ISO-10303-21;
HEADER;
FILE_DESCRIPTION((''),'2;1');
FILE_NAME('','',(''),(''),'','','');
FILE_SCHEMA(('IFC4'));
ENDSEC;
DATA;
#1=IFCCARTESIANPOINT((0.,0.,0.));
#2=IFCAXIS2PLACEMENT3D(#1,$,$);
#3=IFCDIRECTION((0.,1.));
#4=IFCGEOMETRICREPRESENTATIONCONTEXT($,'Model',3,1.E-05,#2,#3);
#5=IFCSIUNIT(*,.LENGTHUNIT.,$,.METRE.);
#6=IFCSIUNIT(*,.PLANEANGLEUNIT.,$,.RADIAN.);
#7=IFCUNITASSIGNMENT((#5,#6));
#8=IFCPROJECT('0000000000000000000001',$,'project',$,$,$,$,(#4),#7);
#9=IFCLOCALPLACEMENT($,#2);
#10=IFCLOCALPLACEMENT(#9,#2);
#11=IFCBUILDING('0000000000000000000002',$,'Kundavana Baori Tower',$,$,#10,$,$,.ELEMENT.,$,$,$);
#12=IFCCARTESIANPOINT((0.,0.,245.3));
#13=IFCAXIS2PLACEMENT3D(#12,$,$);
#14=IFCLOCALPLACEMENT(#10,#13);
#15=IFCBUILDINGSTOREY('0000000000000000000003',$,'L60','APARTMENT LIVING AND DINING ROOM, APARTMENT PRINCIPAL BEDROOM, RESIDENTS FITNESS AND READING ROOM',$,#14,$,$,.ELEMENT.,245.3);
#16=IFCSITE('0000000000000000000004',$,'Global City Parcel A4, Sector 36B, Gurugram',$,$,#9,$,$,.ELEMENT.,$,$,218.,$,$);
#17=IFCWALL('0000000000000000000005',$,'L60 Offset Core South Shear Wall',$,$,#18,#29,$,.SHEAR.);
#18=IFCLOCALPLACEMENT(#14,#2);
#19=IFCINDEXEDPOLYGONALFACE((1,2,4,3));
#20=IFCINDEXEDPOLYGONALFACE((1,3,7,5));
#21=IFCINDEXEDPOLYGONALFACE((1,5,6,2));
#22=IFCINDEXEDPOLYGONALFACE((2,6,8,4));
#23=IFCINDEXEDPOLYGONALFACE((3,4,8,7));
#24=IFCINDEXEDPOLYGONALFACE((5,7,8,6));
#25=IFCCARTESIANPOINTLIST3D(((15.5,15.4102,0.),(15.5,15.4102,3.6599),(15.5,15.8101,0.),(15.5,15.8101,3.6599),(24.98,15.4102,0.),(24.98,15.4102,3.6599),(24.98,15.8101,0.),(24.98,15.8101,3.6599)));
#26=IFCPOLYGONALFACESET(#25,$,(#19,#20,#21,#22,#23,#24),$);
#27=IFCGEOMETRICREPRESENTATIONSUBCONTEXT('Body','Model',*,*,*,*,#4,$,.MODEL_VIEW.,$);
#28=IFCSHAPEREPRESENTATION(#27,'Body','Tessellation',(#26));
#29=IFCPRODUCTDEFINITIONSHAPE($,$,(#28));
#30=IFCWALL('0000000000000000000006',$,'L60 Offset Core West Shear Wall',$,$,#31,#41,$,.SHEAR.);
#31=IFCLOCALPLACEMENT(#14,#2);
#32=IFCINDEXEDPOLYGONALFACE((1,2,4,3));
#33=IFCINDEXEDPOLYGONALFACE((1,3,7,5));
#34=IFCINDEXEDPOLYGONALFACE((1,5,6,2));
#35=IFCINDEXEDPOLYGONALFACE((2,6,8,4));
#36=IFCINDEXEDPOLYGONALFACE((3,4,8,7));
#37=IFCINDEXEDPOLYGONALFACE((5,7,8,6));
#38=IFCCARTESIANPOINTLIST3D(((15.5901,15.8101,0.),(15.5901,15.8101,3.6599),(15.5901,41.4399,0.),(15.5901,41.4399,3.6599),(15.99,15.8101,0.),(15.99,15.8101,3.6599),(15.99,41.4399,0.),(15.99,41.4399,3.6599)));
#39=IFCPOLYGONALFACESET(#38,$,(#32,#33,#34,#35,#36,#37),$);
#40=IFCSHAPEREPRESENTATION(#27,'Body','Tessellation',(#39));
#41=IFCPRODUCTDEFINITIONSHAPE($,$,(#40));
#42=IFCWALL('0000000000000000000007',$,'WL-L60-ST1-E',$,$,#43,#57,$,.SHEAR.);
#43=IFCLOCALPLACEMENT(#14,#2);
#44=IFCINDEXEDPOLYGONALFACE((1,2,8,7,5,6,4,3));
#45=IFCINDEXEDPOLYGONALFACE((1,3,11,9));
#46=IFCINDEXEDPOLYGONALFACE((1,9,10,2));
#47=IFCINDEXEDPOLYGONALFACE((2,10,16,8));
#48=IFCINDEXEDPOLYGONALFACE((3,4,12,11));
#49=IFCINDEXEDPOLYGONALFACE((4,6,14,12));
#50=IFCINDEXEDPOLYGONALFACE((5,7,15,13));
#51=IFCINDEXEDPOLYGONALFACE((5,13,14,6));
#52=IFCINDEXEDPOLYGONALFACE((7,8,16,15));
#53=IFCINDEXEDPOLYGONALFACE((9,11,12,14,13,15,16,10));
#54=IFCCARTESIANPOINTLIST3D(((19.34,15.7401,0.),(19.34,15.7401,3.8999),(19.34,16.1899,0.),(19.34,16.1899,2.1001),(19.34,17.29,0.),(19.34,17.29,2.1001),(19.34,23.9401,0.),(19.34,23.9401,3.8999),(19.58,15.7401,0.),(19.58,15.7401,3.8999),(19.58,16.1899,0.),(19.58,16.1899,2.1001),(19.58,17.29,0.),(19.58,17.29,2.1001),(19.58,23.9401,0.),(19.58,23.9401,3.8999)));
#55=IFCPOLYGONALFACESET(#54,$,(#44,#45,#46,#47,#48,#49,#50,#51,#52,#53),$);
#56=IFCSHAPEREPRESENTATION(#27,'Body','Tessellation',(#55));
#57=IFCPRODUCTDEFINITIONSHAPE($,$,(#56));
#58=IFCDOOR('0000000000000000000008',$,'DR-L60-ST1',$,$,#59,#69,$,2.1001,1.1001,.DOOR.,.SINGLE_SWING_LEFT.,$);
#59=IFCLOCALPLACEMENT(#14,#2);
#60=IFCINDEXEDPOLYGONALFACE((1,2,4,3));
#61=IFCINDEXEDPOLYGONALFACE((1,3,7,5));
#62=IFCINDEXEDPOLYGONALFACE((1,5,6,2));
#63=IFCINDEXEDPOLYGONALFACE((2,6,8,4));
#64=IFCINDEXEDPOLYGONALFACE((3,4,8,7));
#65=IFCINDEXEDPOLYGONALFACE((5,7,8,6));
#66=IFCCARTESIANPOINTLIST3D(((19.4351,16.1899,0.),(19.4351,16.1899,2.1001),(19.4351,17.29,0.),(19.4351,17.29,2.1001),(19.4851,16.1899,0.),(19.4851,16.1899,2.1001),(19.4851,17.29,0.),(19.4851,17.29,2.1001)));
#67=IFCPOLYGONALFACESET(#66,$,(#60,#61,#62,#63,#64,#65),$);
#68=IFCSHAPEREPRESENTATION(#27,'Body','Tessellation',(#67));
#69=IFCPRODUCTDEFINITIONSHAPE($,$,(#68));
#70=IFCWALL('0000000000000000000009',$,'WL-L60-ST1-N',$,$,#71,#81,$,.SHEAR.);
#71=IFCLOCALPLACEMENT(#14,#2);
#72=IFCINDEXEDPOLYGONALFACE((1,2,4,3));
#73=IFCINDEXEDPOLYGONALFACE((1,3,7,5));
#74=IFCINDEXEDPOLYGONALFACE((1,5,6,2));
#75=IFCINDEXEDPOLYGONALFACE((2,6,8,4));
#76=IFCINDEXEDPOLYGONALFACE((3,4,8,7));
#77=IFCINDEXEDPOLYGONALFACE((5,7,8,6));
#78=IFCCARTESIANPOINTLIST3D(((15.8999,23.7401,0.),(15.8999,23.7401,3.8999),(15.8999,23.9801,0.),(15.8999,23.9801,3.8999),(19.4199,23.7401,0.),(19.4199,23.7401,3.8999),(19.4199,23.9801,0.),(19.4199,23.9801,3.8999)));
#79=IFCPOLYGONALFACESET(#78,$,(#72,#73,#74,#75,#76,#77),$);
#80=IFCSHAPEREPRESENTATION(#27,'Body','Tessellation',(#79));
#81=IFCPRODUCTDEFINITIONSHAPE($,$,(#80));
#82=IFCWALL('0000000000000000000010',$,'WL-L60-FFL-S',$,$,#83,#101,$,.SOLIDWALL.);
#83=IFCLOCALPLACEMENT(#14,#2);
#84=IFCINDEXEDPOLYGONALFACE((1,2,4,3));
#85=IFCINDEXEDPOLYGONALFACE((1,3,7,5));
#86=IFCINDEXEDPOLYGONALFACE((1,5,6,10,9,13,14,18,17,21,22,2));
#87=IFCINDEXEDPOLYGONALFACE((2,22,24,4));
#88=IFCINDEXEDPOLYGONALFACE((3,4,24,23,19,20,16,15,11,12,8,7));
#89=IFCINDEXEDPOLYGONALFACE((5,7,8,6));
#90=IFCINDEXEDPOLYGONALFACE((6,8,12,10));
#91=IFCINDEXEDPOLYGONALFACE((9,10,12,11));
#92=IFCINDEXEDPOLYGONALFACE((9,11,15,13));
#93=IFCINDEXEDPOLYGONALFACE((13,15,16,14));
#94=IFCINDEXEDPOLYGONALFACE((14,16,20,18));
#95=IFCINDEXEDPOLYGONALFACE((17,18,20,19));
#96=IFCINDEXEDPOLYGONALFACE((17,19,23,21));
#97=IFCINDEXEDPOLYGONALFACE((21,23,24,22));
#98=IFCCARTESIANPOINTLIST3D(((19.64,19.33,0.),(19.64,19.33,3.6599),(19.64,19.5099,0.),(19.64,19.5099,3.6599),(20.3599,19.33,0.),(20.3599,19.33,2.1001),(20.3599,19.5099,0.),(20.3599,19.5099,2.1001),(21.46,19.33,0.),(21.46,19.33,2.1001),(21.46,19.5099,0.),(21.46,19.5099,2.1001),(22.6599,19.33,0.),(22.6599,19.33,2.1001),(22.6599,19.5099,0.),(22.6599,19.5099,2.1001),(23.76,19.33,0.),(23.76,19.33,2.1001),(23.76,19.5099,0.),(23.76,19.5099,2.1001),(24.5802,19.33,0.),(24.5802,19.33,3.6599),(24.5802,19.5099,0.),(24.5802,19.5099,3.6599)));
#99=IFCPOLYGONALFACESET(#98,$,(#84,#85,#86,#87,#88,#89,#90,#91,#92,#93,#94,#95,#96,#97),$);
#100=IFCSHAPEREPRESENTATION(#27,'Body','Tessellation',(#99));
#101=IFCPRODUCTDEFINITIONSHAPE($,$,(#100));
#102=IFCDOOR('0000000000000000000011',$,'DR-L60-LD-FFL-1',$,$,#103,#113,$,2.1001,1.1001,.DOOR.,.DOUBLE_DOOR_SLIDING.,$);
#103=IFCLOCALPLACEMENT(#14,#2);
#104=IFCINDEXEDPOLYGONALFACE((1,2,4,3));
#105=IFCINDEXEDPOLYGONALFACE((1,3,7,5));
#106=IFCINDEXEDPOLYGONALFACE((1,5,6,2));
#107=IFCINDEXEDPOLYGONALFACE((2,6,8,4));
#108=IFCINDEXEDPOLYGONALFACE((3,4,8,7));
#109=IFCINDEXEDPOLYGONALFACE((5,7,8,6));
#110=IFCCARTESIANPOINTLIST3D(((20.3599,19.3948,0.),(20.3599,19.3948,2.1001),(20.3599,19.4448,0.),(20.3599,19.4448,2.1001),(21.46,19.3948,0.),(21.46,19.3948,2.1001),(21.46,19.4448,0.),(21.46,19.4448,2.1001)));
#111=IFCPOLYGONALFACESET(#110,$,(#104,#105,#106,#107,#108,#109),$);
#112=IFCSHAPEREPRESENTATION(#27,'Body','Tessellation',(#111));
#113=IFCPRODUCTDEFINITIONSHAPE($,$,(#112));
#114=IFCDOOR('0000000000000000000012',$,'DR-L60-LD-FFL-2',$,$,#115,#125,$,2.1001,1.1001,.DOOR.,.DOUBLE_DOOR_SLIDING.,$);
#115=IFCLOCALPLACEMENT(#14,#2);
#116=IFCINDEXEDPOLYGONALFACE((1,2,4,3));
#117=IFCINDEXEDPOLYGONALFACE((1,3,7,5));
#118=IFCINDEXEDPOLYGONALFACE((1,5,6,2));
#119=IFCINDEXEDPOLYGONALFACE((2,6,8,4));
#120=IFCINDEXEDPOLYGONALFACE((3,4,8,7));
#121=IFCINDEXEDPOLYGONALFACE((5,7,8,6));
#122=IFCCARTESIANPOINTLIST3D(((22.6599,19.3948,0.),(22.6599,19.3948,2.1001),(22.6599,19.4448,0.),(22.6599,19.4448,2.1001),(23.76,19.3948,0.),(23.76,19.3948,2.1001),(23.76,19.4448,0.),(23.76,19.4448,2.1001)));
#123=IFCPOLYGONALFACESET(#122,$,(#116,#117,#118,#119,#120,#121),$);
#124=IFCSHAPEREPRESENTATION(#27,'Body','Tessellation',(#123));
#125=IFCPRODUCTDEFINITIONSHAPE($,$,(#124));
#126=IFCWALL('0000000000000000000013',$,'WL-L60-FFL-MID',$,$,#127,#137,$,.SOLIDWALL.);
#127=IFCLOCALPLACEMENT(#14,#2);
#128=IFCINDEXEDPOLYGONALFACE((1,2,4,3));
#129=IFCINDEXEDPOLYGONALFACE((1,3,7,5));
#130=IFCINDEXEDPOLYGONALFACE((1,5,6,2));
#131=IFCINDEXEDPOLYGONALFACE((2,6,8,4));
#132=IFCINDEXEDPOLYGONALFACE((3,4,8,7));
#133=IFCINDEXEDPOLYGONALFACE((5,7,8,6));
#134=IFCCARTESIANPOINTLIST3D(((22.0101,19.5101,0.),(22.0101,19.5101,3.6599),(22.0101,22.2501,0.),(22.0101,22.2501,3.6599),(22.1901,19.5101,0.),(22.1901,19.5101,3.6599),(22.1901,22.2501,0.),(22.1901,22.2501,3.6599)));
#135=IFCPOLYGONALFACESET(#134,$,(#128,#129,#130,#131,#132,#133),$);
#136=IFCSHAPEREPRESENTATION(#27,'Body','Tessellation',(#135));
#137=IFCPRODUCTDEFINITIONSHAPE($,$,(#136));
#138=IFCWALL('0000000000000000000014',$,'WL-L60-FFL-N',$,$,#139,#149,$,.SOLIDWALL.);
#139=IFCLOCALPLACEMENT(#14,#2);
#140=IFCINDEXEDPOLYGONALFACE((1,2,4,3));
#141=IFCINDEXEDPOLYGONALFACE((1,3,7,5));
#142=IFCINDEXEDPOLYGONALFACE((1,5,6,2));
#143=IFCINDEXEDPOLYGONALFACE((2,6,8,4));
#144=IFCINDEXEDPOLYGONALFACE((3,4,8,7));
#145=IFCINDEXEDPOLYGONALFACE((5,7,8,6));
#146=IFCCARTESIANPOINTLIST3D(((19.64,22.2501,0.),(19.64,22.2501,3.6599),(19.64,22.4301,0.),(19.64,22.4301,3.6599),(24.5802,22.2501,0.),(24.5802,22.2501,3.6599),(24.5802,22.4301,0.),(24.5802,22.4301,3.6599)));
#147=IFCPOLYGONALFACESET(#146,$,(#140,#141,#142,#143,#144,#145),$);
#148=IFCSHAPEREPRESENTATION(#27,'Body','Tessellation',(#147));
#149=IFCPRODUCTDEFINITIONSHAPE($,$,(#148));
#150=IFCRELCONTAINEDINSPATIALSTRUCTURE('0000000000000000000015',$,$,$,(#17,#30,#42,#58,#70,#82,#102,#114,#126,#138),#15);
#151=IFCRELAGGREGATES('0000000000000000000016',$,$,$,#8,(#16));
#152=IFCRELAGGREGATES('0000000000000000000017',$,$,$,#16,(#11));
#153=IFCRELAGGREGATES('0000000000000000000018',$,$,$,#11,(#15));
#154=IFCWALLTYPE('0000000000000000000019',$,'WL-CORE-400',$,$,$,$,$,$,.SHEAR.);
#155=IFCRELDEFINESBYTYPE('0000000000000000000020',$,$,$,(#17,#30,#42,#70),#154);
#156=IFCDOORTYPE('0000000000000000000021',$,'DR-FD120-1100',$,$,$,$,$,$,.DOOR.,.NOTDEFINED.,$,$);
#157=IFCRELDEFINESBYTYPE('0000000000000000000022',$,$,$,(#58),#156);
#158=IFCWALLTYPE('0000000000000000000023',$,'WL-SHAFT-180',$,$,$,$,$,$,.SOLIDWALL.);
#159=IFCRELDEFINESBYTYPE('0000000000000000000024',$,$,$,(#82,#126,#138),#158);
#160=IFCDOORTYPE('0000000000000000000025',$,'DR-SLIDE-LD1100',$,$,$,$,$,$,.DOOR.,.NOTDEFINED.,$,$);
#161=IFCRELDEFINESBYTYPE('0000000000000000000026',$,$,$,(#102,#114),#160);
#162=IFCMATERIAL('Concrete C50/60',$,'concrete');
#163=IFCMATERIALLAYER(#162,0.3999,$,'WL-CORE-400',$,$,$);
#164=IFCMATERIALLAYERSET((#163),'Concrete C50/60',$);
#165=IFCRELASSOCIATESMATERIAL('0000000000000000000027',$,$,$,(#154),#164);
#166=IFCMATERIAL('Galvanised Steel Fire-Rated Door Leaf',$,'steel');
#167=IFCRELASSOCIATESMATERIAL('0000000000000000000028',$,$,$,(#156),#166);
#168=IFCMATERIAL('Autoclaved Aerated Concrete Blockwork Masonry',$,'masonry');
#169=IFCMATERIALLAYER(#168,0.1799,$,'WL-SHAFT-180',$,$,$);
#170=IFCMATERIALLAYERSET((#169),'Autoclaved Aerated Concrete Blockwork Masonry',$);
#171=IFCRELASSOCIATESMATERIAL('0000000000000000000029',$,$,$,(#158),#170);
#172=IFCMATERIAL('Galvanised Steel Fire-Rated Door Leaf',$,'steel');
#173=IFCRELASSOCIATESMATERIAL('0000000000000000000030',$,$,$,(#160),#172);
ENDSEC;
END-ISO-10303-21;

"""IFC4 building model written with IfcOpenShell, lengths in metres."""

from ifc_helpers import new_model, si_unit, direction, frame, frame_2d, origin, place, context, subcontext, project, spatial, rectangle, extrude, material, layer, layer_set, type_object, element, fill, save


model = new_model("IFC4")

# Units and contexts
model_context = context("Model", 3, precision=1e-05, world=origin(), true_north=direction((0.0, 1.0)))
body_context = subcontext(model_context, "Body", "Model", "MODEL_VIEW")
ifc_project = project(units=[si_unit("LENGTHUNIT", "METRE"), si_unit("PLANEANGLEUNIT", "RADIAN")], contexts=[model_context])

# Site, building, storey
site_placement = place(None, origin())
site = spatial("IfcSite", under=ifc_project, at=site_placement, Name="Global City Parcel A4, Sector 36B, Gurugram", CompositionType="ELEMENT", RefElevation=218.0)
building_placement = place(site_placement, origin())
building = spatial("IfcBuilding", under=site, at=building_placement, Name="Kundavana Baori Tower", CompositionType="ELEMENT")
storey_placement = place(building_placement, frame((0.0, 0.0, 245.3)))
storey = spatial("IfcBuildingStorey", under=building, at=storey_placement, Name="L60", Description="APARTMENT LIVING AND DINING ROOM, APARTMENT PRINCIPAL BEDROOM, RESIDENTS FITNESS AND READING ROOM", CompositionType="ELEMENT", Elevation=245.3)

# Walls
ifc_material_1 = material(Name="Concrete C50/60", Category="concrete")
ifc_layer_1 = layer(ifc_material_1, 0.3999, Name="WL-CORE-400")
ifc_layer_set_1 = layer_set([ifc_layer_1], Name="Concrete C50/60")
wall_type_1 = type_object("IfcWallType", Name="WL-CORE-400", PredefinedType="SHEAR", material=ifc_layer_set_1)
wall_1_placement = place(storey_placement, frame((15.5, 15.6101, 0.0), z_axis=(0.0, 0.0, 1.0), x_axis=(1.0, 0.0, 0.0)))
element("IfcWall", 1, at=wall_1_placement, inside=storey, type_object=wall_type_1, Name="L60 Offset Core South Shear Wall", PredefinedType="SHEAR", context=body_context, shape_type="SweptSolid", body=[
    extrude(rectangle(XDim=9.48, YDim=0.3999, at=frame_2d((4.74, 0.0))), origin(), (0.0, 0.0, 1.0), 3.6599),
])
wall_2_placement = place(storey_placement, frame((15.79, 15.8101, 0.0), z_axis=(0.0, 0.0, 1.0), x_axis=(0.0, 1.0, 0.0)))
element("IfcWall", 2, at=wall_2_placement, inside=storey, type_object=wall_type_1, Name="L60 Offset Core West Shear Wall", PredefinedType="SHEAR", context=body_context, shape_type="SweptSolid", body=[
    extrude(rectangle(XDim=25.6299, YDim=0.3999, at=frame_2d((12.8149, 0.0))), origin(), (0.0, 0.0, 1.0), 3.6599),
])

# Wall, opening, door
wall_3_placement = place(storey_placement, frame((19.46, 15.74, 0.0), z_axis=(0.0, 0.0, 1.0), x_axis=(0.0, 1.0, 0.0)))
wall_3 = element("IfcWall", 3, at=wall_3_placement, inside=storey, type_object=wall_type_1, Name="WL-L60-ST1-E", PredefinedType="SHEAR", context=body_context, shape_type="SweptSolid", body=[
    extrude(rectangle(XDim=8.2, YDim=0.24, at=frame_2d((4.1001, 0.0))), origin(), (0.0, 0.0, 1.0), 3.8999),
])
opening_1_placement = place(wall_3_placement, frame((0.45, 0.0, 0.0)))
opening_1 = element("IfcOpeningElement", 4, at=opening_1_placement, cuts=wall_3, PredefinedType="OPENING", context=body_context, shape_type="SweptSolid", body=[
    extrude(rectangle(XDim=1.1001, YDim=2.1001, at=frame_2d((0.55, 1.05))), frame((0.0, 0.1299, 0.0), z_axis=(0.0, -1.0, 0.0), x_axis=(1.0, 0.0, 0.0)), (0.0, 0.0, 1.0), 0.26),
])
ifc_material_2 = material(Name="Galvanised Steel Fire-Rated Door Leaf", Category="steel")
door_type_1 = type_object("IfcDoorType", Name="DR-FD120-1100", OperationType="NOTDEFINED", PredefinedType="DOOR", material=ifc_material_2)
door_1_placement = place(opening_1_placement, origin())
door_1 = element("IfcDoor", 5, at=door_1_placement, inside=storey, type_object=door_type_1, Name="DR-L60-ST1", OperationType="SINGLE_SWING_LEFT", OverallHeight=2.1001, OverallWidth=1.1001, PredefinedType="DOOR", context=body_context, shape_type="SweptSolid", body=[
    extrude(rectangle(XDim=1.1001, YDim=2.1001, at=frame_2d((0.55, 1.05))), frame((0.0, 0.0249, 0.0), z_axis=(0.0, -1.0, 0.0), x_axis=(1.0, 0.0, 0.0)), (0.0, 0.0, 1.0), 0.05),
])
fill(opening_1, door_1)

# Wall
wall_4_placement = place(storey_placement, frame((15.8999, 23.8601, 0.0), z_axis=(0.0, 0.0, 1.0), x_axis=(1.0, 0.0, 0.0)))
element("IfcWall", 6, at=wall_4_placement, inside=storey, type_object=wall_type_1, Name="WL-L60-ST1-N", PredefinedType="SHEAR", context=body_context, shape_type="SweptSolid", body=[
    extrude(rectangle(XDim=3.52, YDim=0.24, at=frame_2d((1.76, 0.0))), origin(), (0.0, 0.0, 1.0), 3.8999),
])

# Wall, openings, doors
ifc_material_3 = material(Name="Autoclaved Aerated Concrete Blockwork Masonry", Category="masonry")
ifc_layer_2 = layer(ifc_material_3, 0.1799, Name="WL-SHAFT-180")
ifc_layer_set_2 = layer_set([ifc_layer_2], Name="Autoclaved Aerated Concrete Blockwork Masonry")
wall_type_2 = type_object("IfcWallType", Name="WL-SHAFT-180", PredefinedType="SOLIDWALL", material=ifc_layer_set_2)
wall_5_placement = place(storey_placement, frame((19.6399, 19.4199, 0.0), z_axis=(0.0, 0.0, 1.0), x_axis=(1.0, 0.0, 0.0)))
wall_5 = element("IfcWall", 7, at=wall_5_placement, inside=storey, type_object=wall_type_2, Name="WL-L60-FFL-S", PredefinedType="SOLIDWALL", context=body_context, shape_type="SweptSolid", body=[
    extrude(rectangle(XDim=4.9402, YDim=0.1799, at=frame_2d((2.4702, 0.0))), origin(), (0.0, 0.0, 1.0), 3.6599),
])
opening_2_placement = place(wall_5_placement, frame((0.72, 0.0, 0.0)))
opening_2 = element("IfcOpeningElement", 8, at=opening_2_placement, cuts=wall_5, PredefinedType="OPENING", context=body_context, shape_type="SweptSolid", body=[
    extrude(rectangle(XDim=1.1001, YDim=2.1001, at=frame_2d((0.55, 1.05))), frame((0.0, 0.1001, 0.0), z_axis=(0.0, -1.0, 0.0), x_axis=(1.0, 0.0, 0.0)), (0.0, 0.0, 1.0), 0.2),
])
opening_3_placement = place(wall_5_placement, frame((3.02, 0.0, 0.0)))
opening_3 = element("IfcOpeningElement", 9, at=opening_3_placement, cuts=wall_5, PredefinedType="OPENING", context=body_context, shape_type="SweptSolid", body=[
    extrude(rectangle(XDim=1.1001, YDim=2.1001, at=frame_2d((0.55, 1.05))), frame((0.0, 0.1001, 0.0), z_axis=(0.0, -1.0, 0.0), x_axis=(1.0, 0.0, 0.0)), (0.0, 0.0, 1.0), 0.2),
])
ifc_material_4 = material(Name="Galvanised Steel Fire-Rated Door Leaf", Category="steel")
door_type_2 = type_object("IfcDoorType", Name="DR-SLIDE-LD1100", OperationType="NOTDEFINED", PredefinedType="DOOR", material=ifc_material_4)
door_2_placement = place(opening_2_placement, origin())
door_2 = element("IfcDoor", 10, at=door_2_placement, inside=storey, type_object=door_type_2, Name="DR-L60-LD-FFL-1", OperationType="DOUBLE_DOOR_SLIDING", OverallHeight=2.1001, OverallWidth=1.1001, PredefinedType="DOOR", context=body_context, shape_type="SweptSolid", body=[
    extrude(rectangle(XDim=1.1001, YDim=2.1001, at=frame_2d((0.55, 1.05))), frame((0.0, 0.0249, 0.0), z_axis=(0.0, -1.0, 0.0), x_axis=(1.0, 0.0, 0.0)), (0.0, 0.0, 1.0), 0.05),
])
fill(opening_2, door_2)
door_3_placement = place(opening_3_placement, origin())
door_3 = element("IfcDoor", 11, at=door_3_placement, inside=storey, type_object=door_type_2, Name="DR-L60-LD-FFL-2", OperationType="DOUBLE_DOOR_SLIDING", OverallHeight=2.1001, OverallWidth=1.1001, PredefinedType="DOOR", context=body_context, shape_type="SweptSolid", body=[
    extrude(rectangle(XDim=1.1001, YDim=2.1001, at=frame_2d((0.55, 1.05))), frame((0.0, 0.0249, 0.0), z_axis=(0.0, -1.0, 0.0), x_axis=(1.0, 0.0, 0.0)), (0.0, 0.0, 1.0), 0.05),
])
fill(opening_3, door_3)

# Walls
wall_6_placement = place(storey_placement, frame((22.1001, 19.51, 0.0), z_axis=(0.0, 0.0, 1.0), x_axis=(0.0, 1.0, 0.0)))
element("IfcWall", 12, at=wall_6_placement, inside=storey, type_object=wall_type_2, Name="WL-L60-FFL-MID", PredefinedType="SOLIDWALL", context=body_context, shape_type="SweptSolid", body=[
    extrude(rectangle(XDim=2.74, YDim=0.1799, at=frame_2d((1.3701, 0.0))), origin(), (0.0, 0.0, 1.0), 3.6599),
])
wall_7_placement = place(storey_placement, frame((19.6399, 22.3401, 0.0), z_axis=(0.0, 0.0, 1.0), x_axis=(1.0, 0.0, 0.0)))
element("IfcWall", 13, at=wall_7_placement, inside=storey, type_object=wall_type_2, Name="WL-L60-FFL-N", PredefinedType="SOLIDWALL", context=body_context, shape_type="SweptSolid", body=[
    extrude(rectangle(XDim=4.9402, YDim=0.1799, at=frame_2d((2.4702, 0.0))), origin(), (0.0, 0.0, 1.0), 3.6599),
])

save(model, "model.ifc")
